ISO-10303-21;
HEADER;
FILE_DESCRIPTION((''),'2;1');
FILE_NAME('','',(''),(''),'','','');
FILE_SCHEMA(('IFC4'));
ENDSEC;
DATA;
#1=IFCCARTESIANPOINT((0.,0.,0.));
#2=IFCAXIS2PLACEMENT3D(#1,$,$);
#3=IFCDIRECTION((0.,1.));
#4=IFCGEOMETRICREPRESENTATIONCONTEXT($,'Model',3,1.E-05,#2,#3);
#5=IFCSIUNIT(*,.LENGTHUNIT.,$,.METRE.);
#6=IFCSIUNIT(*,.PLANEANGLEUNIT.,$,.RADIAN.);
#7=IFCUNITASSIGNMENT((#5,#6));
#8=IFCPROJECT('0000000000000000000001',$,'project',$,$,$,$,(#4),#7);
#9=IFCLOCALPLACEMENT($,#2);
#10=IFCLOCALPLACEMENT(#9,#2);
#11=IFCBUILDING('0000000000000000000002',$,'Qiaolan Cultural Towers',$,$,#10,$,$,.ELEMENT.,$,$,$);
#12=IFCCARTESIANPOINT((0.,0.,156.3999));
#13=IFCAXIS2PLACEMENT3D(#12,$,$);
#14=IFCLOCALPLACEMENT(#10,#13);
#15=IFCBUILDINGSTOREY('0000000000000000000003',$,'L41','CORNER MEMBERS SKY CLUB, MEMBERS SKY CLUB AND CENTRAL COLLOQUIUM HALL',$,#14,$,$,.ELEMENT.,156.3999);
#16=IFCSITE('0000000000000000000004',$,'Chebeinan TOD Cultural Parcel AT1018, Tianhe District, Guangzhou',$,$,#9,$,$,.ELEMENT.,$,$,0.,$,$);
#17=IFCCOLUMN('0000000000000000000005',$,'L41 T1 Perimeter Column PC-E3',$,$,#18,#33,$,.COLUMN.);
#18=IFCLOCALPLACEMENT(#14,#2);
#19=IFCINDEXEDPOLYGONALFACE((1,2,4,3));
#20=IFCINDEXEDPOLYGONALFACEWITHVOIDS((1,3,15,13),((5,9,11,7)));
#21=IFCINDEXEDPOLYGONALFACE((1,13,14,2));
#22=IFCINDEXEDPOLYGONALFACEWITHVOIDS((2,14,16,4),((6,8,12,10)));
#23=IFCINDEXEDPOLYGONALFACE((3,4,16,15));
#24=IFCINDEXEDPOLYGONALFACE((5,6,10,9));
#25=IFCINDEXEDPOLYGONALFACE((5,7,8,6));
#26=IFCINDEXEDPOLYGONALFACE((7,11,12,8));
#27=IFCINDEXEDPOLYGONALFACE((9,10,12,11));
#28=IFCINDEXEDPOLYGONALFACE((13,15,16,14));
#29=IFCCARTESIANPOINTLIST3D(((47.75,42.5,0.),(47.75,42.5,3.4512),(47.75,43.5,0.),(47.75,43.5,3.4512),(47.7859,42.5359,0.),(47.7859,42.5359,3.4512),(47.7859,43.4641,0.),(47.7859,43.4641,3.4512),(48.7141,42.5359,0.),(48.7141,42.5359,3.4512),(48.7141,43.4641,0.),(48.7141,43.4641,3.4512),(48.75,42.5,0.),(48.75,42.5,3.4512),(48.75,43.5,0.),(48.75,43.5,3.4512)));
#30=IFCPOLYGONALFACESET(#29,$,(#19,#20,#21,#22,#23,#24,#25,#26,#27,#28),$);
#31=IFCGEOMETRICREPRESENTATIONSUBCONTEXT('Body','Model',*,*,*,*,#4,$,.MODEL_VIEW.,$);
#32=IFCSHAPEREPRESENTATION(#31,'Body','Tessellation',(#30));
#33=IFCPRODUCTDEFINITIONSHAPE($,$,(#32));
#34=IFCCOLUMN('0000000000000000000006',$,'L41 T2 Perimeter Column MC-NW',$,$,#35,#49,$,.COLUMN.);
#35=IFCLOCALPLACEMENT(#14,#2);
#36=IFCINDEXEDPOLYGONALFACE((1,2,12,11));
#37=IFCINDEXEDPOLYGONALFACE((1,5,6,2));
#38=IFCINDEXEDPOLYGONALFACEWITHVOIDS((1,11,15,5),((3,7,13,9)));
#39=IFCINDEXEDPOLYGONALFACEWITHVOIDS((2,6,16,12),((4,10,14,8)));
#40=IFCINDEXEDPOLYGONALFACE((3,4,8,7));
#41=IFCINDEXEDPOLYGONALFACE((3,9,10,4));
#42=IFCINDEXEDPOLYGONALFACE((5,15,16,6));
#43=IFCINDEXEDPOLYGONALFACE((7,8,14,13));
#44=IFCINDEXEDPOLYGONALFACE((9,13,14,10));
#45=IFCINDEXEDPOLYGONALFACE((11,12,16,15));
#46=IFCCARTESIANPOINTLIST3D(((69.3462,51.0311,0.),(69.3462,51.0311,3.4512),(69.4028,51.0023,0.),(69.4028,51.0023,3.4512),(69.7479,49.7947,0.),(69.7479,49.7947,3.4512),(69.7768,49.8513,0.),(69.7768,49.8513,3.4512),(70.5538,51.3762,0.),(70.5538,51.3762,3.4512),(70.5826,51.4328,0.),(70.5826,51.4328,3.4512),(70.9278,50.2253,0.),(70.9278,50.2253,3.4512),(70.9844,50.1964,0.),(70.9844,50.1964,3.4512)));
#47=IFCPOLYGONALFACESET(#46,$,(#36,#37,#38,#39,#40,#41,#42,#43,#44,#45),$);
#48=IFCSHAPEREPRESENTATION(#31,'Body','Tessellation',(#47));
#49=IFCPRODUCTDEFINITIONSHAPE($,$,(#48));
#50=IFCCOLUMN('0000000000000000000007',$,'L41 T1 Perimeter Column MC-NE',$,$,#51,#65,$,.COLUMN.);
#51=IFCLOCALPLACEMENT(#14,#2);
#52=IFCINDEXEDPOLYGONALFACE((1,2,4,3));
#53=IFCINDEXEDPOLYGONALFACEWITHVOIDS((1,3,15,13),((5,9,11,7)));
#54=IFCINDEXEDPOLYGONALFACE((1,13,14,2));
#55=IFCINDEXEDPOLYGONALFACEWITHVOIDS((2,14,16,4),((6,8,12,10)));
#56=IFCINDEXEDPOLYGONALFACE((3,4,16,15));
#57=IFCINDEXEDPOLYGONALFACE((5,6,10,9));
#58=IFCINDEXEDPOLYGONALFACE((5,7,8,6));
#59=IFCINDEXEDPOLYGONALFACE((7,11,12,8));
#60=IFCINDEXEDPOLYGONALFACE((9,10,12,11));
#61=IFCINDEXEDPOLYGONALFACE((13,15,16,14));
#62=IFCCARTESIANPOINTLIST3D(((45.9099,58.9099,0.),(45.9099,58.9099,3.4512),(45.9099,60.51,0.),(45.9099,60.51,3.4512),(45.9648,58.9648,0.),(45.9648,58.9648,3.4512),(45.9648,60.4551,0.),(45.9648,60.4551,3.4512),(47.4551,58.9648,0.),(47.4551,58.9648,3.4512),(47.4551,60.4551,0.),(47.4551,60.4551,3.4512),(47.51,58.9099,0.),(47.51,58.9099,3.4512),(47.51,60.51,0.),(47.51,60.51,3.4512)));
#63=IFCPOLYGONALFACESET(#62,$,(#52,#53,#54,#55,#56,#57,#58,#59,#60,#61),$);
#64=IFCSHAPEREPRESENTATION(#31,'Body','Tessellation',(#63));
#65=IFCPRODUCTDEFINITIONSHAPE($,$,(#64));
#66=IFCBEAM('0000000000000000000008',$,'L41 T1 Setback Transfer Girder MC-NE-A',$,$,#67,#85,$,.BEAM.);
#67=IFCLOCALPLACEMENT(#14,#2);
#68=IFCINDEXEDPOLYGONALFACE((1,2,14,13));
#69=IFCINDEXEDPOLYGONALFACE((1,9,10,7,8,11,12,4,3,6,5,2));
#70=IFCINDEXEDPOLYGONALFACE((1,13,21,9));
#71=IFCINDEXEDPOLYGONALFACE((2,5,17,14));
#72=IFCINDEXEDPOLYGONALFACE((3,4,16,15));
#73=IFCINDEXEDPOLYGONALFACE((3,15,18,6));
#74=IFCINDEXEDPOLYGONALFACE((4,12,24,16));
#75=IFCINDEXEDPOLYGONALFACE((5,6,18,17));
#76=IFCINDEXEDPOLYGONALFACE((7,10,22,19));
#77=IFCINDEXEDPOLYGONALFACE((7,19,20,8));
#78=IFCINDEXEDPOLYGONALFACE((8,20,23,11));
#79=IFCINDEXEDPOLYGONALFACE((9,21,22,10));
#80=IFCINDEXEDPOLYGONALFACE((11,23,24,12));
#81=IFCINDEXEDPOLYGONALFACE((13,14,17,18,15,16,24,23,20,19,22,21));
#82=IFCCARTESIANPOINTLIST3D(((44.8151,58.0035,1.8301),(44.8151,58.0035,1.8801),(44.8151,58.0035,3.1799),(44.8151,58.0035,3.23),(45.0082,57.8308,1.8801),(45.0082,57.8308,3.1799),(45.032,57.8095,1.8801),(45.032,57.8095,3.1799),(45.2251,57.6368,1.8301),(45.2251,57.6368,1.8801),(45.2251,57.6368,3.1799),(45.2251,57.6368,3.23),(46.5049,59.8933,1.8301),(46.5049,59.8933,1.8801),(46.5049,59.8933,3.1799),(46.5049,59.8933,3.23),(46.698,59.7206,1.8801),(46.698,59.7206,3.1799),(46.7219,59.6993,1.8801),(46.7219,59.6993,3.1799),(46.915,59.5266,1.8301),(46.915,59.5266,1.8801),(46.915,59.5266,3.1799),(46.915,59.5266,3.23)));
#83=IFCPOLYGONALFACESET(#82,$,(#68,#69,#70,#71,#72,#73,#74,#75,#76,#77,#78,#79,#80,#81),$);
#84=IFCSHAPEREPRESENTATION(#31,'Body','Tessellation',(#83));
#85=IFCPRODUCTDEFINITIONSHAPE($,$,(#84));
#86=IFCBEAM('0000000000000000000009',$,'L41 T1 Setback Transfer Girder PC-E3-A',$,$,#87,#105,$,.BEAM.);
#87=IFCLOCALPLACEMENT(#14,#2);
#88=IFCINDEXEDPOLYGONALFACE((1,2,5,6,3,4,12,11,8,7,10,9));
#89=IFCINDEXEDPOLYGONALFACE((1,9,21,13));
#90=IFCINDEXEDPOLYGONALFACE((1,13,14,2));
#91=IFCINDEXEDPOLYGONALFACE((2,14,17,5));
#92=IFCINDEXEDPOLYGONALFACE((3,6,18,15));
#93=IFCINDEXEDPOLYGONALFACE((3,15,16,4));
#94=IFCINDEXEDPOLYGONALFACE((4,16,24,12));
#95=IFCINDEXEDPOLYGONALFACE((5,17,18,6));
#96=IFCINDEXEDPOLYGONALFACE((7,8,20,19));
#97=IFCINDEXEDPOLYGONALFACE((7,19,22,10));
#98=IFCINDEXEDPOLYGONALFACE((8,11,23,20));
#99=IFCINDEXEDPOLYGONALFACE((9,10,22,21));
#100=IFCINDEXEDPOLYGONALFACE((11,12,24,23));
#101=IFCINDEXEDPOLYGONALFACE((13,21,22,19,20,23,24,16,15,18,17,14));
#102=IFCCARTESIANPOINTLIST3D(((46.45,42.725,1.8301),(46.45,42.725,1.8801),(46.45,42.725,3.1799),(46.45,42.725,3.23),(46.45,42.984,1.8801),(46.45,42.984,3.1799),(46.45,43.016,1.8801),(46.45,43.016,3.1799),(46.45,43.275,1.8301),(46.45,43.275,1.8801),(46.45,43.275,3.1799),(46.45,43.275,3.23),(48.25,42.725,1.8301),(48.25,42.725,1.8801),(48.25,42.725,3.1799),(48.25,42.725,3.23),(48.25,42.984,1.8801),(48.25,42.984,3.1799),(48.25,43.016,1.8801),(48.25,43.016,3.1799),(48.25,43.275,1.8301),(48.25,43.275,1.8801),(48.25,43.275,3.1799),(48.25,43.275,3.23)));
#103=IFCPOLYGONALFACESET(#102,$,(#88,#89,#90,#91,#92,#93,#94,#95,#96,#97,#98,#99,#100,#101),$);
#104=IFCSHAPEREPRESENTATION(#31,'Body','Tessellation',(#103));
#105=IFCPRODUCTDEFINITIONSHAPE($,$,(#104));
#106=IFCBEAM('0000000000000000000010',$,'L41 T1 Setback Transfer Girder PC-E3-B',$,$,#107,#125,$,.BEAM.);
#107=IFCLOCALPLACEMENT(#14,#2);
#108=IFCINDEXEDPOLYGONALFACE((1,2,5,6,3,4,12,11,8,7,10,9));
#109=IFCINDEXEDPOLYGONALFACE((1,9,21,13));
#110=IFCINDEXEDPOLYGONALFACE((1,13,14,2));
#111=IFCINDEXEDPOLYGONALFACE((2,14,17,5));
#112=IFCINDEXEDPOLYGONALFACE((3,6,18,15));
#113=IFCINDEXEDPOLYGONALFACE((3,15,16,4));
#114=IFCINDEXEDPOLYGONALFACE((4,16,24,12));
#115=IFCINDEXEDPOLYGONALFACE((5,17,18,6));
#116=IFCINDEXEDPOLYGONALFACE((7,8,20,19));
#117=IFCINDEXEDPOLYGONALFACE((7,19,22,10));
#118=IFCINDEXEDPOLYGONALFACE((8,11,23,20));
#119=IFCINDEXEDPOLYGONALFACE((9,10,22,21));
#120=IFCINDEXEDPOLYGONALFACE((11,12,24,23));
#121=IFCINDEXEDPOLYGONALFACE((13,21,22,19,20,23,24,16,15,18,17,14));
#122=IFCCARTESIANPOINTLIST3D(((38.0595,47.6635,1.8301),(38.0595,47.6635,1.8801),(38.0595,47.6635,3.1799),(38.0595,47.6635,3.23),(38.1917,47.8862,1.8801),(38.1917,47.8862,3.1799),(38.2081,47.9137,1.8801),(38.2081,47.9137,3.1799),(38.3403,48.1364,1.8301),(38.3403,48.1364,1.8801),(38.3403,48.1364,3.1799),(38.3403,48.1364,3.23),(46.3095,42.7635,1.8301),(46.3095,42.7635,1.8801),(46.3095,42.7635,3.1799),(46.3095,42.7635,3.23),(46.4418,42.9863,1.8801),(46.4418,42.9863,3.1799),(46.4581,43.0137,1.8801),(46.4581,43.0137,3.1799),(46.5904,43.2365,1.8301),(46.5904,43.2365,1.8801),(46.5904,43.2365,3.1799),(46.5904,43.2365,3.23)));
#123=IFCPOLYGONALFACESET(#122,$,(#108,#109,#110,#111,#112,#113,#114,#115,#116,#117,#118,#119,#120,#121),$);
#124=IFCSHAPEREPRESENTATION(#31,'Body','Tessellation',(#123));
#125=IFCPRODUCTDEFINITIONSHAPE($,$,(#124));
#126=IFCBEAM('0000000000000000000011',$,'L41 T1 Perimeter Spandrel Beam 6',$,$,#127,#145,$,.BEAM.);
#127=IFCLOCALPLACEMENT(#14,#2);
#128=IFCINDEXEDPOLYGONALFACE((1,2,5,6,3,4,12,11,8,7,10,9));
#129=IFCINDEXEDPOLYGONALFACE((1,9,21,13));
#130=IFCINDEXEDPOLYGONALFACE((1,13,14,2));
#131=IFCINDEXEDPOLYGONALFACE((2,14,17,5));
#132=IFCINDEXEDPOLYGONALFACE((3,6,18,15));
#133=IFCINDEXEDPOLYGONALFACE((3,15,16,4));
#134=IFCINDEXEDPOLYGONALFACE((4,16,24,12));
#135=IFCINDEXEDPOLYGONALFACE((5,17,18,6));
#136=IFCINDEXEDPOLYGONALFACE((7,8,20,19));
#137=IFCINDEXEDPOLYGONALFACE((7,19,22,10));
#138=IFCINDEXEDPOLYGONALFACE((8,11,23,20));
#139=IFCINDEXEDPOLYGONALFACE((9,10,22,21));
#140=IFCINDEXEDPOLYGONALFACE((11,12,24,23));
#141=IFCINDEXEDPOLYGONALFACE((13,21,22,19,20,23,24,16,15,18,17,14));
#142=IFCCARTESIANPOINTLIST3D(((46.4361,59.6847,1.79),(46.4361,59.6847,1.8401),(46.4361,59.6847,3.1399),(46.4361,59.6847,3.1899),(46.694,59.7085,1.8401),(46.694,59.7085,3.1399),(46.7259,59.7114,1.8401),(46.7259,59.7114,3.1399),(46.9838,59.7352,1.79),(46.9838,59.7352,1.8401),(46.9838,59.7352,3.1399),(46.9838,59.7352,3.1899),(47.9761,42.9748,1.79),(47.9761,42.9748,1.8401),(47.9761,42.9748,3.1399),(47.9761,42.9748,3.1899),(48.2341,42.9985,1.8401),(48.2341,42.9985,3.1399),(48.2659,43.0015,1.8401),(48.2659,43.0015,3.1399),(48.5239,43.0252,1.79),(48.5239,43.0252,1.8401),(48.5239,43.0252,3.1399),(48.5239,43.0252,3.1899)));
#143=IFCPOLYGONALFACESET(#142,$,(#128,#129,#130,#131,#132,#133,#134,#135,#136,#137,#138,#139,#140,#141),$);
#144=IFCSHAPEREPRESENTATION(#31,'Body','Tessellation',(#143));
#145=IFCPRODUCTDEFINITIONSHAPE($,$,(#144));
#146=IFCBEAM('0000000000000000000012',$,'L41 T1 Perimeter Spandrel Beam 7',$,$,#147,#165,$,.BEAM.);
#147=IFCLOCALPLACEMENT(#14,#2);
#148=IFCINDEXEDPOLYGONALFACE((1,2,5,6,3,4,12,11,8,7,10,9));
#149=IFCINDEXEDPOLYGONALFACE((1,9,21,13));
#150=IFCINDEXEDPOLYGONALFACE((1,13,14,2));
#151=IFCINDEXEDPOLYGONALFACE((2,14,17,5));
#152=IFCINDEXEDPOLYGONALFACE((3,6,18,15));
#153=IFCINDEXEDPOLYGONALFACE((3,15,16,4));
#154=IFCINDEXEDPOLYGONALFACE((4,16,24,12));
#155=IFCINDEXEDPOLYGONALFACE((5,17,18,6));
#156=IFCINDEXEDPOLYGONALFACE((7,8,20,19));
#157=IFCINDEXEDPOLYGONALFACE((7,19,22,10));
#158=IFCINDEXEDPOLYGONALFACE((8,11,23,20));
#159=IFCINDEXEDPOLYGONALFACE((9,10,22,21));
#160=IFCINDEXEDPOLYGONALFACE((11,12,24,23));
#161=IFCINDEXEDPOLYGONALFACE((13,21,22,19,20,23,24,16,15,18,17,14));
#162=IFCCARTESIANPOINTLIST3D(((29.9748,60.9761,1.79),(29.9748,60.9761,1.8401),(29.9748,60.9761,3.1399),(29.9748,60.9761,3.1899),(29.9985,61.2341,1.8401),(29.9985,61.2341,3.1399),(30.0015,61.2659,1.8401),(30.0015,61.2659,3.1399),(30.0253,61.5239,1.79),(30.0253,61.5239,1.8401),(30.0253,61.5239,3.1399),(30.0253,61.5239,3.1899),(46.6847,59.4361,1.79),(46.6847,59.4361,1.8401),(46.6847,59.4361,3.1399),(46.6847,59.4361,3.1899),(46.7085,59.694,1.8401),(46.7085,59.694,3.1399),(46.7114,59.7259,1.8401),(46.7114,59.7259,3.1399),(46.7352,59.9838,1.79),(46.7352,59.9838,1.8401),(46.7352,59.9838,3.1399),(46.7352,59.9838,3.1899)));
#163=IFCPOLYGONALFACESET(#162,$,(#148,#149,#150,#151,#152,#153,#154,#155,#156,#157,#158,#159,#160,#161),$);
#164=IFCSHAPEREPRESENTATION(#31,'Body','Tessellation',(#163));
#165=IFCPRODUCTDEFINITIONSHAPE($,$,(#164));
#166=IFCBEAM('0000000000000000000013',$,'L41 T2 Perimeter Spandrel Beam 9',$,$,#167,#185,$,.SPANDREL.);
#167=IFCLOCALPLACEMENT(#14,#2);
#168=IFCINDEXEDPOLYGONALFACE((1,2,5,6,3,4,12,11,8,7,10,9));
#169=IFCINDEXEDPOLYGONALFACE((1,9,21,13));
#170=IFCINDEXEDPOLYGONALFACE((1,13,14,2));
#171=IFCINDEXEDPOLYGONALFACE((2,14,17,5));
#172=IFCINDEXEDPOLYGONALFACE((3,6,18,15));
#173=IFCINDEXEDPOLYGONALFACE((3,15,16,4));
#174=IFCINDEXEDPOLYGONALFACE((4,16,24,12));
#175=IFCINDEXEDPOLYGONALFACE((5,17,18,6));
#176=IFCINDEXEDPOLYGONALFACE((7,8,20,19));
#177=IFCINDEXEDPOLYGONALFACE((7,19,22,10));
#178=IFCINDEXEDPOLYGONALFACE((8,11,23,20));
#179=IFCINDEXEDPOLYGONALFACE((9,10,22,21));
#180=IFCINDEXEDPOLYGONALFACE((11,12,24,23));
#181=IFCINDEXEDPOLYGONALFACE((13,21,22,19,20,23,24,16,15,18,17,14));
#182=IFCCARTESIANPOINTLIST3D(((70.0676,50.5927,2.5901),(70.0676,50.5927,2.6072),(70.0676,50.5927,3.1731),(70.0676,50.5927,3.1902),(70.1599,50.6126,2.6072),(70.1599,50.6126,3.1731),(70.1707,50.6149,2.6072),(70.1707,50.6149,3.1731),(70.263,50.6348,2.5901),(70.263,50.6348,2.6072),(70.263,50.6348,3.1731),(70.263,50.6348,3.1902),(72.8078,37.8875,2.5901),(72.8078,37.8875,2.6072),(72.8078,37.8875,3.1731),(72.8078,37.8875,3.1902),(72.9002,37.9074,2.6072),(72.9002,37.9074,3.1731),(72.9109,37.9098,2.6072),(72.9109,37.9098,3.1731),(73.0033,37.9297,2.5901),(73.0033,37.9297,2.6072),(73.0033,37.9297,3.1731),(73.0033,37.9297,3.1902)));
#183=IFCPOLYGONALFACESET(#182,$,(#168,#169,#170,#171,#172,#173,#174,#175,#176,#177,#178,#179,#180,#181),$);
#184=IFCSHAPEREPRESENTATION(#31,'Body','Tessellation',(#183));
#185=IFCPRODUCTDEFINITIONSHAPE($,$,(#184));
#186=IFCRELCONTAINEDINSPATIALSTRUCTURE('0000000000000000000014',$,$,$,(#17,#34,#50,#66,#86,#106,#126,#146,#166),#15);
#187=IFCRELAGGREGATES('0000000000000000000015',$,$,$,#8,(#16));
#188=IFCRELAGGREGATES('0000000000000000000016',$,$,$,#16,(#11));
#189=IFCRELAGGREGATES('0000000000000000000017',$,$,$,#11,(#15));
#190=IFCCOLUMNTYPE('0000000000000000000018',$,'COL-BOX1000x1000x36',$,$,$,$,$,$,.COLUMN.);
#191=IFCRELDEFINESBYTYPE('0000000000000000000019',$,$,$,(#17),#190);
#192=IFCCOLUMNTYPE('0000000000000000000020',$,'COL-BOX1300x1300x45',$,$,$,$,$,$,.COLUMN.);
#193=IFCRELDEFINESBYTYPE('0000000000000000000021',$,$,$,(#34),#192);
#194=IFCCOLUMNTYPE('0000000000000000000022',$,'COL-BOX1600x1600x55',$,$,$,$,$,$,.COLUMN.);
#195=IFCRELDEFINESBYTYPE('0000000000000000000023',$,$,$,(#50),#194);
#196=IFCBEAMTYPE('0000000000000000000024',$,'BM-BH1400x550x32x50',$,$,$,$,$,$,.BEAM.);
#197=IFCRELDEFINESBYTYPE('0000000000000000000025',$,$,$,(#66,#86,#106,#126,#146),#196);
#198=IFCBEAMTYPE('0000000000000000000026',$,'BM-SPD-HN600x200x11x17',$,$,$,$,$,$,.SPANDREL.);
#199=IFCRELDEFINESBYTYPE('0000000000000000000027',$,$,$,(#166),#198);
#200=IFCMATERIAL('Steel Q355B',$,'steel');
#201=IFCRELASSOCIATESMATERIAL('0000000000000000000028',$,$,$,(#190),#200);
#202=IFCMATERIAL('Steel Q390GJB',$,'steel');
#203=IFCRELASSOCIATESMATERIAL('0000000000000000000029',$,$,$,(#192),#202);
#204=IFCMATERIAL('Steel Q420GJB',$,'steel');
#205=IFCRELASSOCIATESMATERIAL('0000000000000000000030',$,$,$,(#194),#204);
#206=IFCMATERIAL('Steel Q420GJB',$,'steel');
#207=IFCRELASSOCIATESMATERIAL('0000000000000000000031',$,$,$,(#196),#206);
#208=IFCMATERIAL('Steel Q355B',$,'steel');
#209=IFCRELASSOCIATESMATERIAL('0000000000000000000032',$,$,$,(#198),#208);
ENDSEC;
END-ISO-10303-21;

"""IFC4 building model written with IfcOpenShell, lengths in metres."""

from ifc_helpers import new_model, si_unit, direction, frame, origin, origin_2d, place, context, subcontext, project, spatial, hollow_rectangle, i_section, extrude, material, material_profile, profile_set, type_object, element, save


model = new_model("IFC4")

# Units and contexts
model_context = context("Model", 3, precision=1e-05, world=origin(), true_north=direction((0.0, 1.0)))
body_context = subcontext(model_context, "Body", "Model", "MODEL_VIEW")
ifc_project = project(units=[si_unit("LENGTHUNIT", "METRE"), si_unit("PLANEANGLEUNIT", "RADIAN")], contexts=[model_context])

# Site, building, storey
site_placement = place(None, origin())
site = spatial("IfcSite", under=ifc_project, at=site_placement, Name="Chebeinan TOD Cultural Parcel AT1018, Tianhe District, Guangzhou", CompositionType="ELEMENT", RefElevation=0.0)
building_placement = place(site_placement, origin())
building = spatial("IfcBuilding", under=site, at=building_placement, Name="Qiaolan Cultural Towers", CompositionType="ELEMENT")
storey_placement = place(building_placement, frame((0.0, 0.0, 156.3999)))
storey = spatial("IfcBuildingStorey", under=building, at=storey_placement, Name="L41", Description="CORNER MEMBERS SKY CLUB, MEMBERS SKY CLUB AND CENTRAL COLLOQUIUM HALL", CompositionType="ELEMENT", Elevation=156.3999)

# Columns
ifc_material_1 = material(Name="Steel Q355B", Category="steel")
ifc_material_profile_1 = material_profile(ifc_material_1, hollow_rectangle(XDim=1.0, YDim=1.0, WallThickness=0.0359, at=origin_2d()), Name="BOX1000x1000x36")
ifc_profile_set_1 = profile_set([ifc_material_profile_1], Name="Steel Q355B")
column_type_1 = type_object("IfcColumnType", Name="COL-BOX1000x1000x36", PredefinedType="COLUMN", material=ifc_profile_set_1)
column_1_placement = place(storey_placement, frame((48.25, 43.0, 0.0), z_axis=(0.0, 0.0, 1.0), x_axis=(1.0, 0.0, 0.0)))
element("IfcColumn", 1, at=column_1_placement, inside=storey, type_object=column_type_1, Name="L41 T1 Perimeter Column PC-E3", PredefinedType="COLUMN", context=body_context, shape_type="SweptSolid", body=[
    extrude(hollow_rectangle(XDim=1.0, YDim=1.0, WallThickness=0.0359, at=origin_2d()), origin(), (0.0, 0.0, 1.0), 3.4512),
])
ifc_material_2 = material(Name="Steel Q390GJB", Category="steel")
ifc_material_profile_2 = material_profile(ifc_material_2, hollow_rectangle(XDim=1.3, YDim=1.3, WallThickness=0.0449, at=origin_2d()), Name="BOX1300x1300x45")
ifc_profile_set_2 = profile_set([ifc_material_profile_2], Name="Steel Q390GJB")
column_type_2 = type_object("IfcColumnType", Name="COL-BOX1300x1300x45", PredefinedType="COLUMN", material=ifc_profile_set_2)
column_2_placement = place(storey_placement, frame((70.1653, 50.6138, 0.0), z_axis=(0.0, 0.0, 1.0), x_axis=(0.951057, 0.309017, 0.0)))
element("IfcColumn", 2, at=column_2_placement, inside=storey, type_object=column_type_2, Name="L41 T2 Perimeter Column MC-NW", PredefinedType="COLUMN", context=body_context, shape_type="SweptSolid", body=[
    extrude(hollow_rectangle(XDim=1.3, YDim=1.3, WallThickness=0.0449, at=origin_2d()), origin(), (0.0, 0.0, 1.0), 3.4512),
])
ifc_material_3 = material(Name="Steel Q420GJB", Category="steel")
ifc_material_profile_3 = material_profile(ifc_material_3, hollow_rectangle(XDim=1.6001, YDim=1.6001, WallThickness=0.0549, at=origin_2d()), Name="BOX1600x1600x55")
ifc_profile_set_3 = profile_set([ifc_material_profile_3], Name="Steel Q420GJB")
column_type_3 = type_object("IfcColumnType", Name="COL-BOX1600x1600x55", PredefinedType="COLUMN", material=ifc_profile_set_3)
column_3_placement = place(storey_placement, frame((46.71, 59.71, 0.0), z_axis=(0.0, 0.0, 1.0), x_axis=(1.0, 0.0, 0.0)))
element("IfcColumn", 3, at=column_3_placement, inside=storey, type_object=column_type_3, Name="L41 T1 Perimeter Column MC-NE", PredefinedType="COLUMN", context=body_context, shape_type="SweptSolid", body=[
    extrude(hollow_rectangle(XDim=1.6001, YDim=1.6001, WallThickness=0.0549, at=origin_2d()), origin(), (0.0, 0.0, 1.0), 3.4512),
])

# Beams
ifc_material_4 = material(Name="Steel Q420GJB", Category="steel")
ifc_material_profile_4 = material_profile(ifc_material_4, i_section(OverallWidth=0.55, OverallDepth=1.3999, WebThickness=0.032, FlangeThickness=0.05, at=origin_2d()), Name="BH1400x550x32x50")
ifc_profile_set_4 = profile_set([ifc_material_profile_4], Name="Steel Q420GJB")
beam_type_1 = type_object("IfcBeamType", Name="BM-BH1400x550x32x50", PredefinedType="BEAM", material=ifc_profile_set_4)
beam_1_placement = place(storey_placement, frame((46.71, 59.71, 2.53), z_axis=(-0.666572, -0.74544, 0.0), x_axis=(0.74544, -0.666572, 0.0)))
element("IfcBeam", 4, at=beam_1_placement, inside=storey, type_object=beam_type_1, Name="L41 T1 Setback Transfer Girder MC-NE-A", PredefinedType="BEAM", context=body_context, shape_type="SweptSolid", body=[
    extrude(i_section(OverallWidth=0.55, OverallDepth=1.3999, WebThickness=0.032, FlangeThickness=0.05, at=origin_2d()), origin(), (0.0, 0.0, 1.0), 2.5352),
])
beam_2_placement = place(storey_placement, frame((48.25, 43.0, 2.53), z_axis=(-1.0, 0.0, 0.0), x_axis=(0.0, -1.0, 0.0)))
element("IfcBeam", 5, at=beam_2_placement, inside=storey, type_object=beam_type_1, Name="L41 T1 Setback Transfer Girder PC-E3-A", PredefinedType="BEAM", context=body_context, shape_type="SweptSolid", body=[
    extrude(i_section(OverallWidth=0.55, OverallDepth=1.3999, WebThickness=0.032, FlangeThickness=0.05, at=origin_2d()), origin(), (0.0, 0.0, 1.0), 1.8),
])
beam_3_placement = place(storey_placement, frame((46.45, 43.0, 2.53), z_axis=(-0.859788, 0.510652, 0.0), x_axis=(-0.510652, -0.859788, 0.0)))
element("IfcBeam", 6, at=beam_3_placement, inside=storey, type_object=beam_type_1, Name="L41 T1 Setback Transfer Girder PC-E3-B", PredefinedType="BEAM", context=body_context, shape_type="SweptSolid", body=[
    extrude(i_section(OverallWidth=0.55, OverallDepth=1.3999, WebThickness=0.032, FlangeThickness=0.05, at=origin_2d()), origin(), (0.0, 0.0, 1.0), 9.5955),
])
for number, where, z_axis, x_axis, name in (
    (7, (48.25, 43.0, 2.49), (-0.091774, 0.99578, 0.0), (-0.99578, -0.091774, 0.0), "L41 T1 Perimeter Spandrel Beam 6"),
    (8, (46.71, 59.71, 2.49), (-0.99578, 0.091774, 0.0), (-0.091774, -0.99578, 0.0), "L41 T1 Perimeter Spandrel Beam 7"),
):
    element("IfcBeam", number, at=place(storey_placement, frame(where, z_axis=z_axis, x_axis=x_axis)), inside=storey, type_object=beam_type_1, Name=name, PredefinedType="BEAM", context=body_context, shape_type="SweptSolid", body=[
        extrude(i_section(OverallWidth=0.55, OverallDepth=1.3999, WebThickness=0.032, FlangeThickness=0.05, at=origin_2d()), origin(), (0.0, 0.0, 1.0), 16.7808),
    ])
ifc_material_5 = material(Name="Steel Q355B", Category="steel")
ifc_material_profile_5 = material_profile(ifc_material_5, i_section(OverallWidth=0.2, OverallDepth=0.6001, WebThickness=0.011, FlangeThickness=0.0171, at=origin_2d()), Name="HN600x200x11x17")
ifc_profile_set_5 = profile_set([ifc_material_profile_5], Name="Steel Q355B")
beam_type_2 = type_object("IfcBeamType", Name="BM-SPD-HN600x200x11x17", PredefinedType="SPANDREL", material=ifc_profile_set_5)
beam_4_placement = place(storey_placement, frame((70.1653, 50.6138, 2.8901), z_axis=(0.210832, -0.977522, 0.0), x_axis=(0.977522, 0.210832, 0.0)))
element("IfcBeam", 9, at=beam_4_placement, inside=storey, type_object=beam_type_2, Name="L41 T2 Perimeter Spandrel Beam 9", PredefinedType="SPANDREL", context=body_context, shape_type="SweptSolid", body=[
    extrude(i_section(OverallWidth=0.2, OverallDepth=0.6001, WebThickness=0.011, FlangeThickness=0.0171, at=origin_2d()), origin(), (0.0, 0.0, 1.0), 12.9973),
])

save(model, "model.ifc")
